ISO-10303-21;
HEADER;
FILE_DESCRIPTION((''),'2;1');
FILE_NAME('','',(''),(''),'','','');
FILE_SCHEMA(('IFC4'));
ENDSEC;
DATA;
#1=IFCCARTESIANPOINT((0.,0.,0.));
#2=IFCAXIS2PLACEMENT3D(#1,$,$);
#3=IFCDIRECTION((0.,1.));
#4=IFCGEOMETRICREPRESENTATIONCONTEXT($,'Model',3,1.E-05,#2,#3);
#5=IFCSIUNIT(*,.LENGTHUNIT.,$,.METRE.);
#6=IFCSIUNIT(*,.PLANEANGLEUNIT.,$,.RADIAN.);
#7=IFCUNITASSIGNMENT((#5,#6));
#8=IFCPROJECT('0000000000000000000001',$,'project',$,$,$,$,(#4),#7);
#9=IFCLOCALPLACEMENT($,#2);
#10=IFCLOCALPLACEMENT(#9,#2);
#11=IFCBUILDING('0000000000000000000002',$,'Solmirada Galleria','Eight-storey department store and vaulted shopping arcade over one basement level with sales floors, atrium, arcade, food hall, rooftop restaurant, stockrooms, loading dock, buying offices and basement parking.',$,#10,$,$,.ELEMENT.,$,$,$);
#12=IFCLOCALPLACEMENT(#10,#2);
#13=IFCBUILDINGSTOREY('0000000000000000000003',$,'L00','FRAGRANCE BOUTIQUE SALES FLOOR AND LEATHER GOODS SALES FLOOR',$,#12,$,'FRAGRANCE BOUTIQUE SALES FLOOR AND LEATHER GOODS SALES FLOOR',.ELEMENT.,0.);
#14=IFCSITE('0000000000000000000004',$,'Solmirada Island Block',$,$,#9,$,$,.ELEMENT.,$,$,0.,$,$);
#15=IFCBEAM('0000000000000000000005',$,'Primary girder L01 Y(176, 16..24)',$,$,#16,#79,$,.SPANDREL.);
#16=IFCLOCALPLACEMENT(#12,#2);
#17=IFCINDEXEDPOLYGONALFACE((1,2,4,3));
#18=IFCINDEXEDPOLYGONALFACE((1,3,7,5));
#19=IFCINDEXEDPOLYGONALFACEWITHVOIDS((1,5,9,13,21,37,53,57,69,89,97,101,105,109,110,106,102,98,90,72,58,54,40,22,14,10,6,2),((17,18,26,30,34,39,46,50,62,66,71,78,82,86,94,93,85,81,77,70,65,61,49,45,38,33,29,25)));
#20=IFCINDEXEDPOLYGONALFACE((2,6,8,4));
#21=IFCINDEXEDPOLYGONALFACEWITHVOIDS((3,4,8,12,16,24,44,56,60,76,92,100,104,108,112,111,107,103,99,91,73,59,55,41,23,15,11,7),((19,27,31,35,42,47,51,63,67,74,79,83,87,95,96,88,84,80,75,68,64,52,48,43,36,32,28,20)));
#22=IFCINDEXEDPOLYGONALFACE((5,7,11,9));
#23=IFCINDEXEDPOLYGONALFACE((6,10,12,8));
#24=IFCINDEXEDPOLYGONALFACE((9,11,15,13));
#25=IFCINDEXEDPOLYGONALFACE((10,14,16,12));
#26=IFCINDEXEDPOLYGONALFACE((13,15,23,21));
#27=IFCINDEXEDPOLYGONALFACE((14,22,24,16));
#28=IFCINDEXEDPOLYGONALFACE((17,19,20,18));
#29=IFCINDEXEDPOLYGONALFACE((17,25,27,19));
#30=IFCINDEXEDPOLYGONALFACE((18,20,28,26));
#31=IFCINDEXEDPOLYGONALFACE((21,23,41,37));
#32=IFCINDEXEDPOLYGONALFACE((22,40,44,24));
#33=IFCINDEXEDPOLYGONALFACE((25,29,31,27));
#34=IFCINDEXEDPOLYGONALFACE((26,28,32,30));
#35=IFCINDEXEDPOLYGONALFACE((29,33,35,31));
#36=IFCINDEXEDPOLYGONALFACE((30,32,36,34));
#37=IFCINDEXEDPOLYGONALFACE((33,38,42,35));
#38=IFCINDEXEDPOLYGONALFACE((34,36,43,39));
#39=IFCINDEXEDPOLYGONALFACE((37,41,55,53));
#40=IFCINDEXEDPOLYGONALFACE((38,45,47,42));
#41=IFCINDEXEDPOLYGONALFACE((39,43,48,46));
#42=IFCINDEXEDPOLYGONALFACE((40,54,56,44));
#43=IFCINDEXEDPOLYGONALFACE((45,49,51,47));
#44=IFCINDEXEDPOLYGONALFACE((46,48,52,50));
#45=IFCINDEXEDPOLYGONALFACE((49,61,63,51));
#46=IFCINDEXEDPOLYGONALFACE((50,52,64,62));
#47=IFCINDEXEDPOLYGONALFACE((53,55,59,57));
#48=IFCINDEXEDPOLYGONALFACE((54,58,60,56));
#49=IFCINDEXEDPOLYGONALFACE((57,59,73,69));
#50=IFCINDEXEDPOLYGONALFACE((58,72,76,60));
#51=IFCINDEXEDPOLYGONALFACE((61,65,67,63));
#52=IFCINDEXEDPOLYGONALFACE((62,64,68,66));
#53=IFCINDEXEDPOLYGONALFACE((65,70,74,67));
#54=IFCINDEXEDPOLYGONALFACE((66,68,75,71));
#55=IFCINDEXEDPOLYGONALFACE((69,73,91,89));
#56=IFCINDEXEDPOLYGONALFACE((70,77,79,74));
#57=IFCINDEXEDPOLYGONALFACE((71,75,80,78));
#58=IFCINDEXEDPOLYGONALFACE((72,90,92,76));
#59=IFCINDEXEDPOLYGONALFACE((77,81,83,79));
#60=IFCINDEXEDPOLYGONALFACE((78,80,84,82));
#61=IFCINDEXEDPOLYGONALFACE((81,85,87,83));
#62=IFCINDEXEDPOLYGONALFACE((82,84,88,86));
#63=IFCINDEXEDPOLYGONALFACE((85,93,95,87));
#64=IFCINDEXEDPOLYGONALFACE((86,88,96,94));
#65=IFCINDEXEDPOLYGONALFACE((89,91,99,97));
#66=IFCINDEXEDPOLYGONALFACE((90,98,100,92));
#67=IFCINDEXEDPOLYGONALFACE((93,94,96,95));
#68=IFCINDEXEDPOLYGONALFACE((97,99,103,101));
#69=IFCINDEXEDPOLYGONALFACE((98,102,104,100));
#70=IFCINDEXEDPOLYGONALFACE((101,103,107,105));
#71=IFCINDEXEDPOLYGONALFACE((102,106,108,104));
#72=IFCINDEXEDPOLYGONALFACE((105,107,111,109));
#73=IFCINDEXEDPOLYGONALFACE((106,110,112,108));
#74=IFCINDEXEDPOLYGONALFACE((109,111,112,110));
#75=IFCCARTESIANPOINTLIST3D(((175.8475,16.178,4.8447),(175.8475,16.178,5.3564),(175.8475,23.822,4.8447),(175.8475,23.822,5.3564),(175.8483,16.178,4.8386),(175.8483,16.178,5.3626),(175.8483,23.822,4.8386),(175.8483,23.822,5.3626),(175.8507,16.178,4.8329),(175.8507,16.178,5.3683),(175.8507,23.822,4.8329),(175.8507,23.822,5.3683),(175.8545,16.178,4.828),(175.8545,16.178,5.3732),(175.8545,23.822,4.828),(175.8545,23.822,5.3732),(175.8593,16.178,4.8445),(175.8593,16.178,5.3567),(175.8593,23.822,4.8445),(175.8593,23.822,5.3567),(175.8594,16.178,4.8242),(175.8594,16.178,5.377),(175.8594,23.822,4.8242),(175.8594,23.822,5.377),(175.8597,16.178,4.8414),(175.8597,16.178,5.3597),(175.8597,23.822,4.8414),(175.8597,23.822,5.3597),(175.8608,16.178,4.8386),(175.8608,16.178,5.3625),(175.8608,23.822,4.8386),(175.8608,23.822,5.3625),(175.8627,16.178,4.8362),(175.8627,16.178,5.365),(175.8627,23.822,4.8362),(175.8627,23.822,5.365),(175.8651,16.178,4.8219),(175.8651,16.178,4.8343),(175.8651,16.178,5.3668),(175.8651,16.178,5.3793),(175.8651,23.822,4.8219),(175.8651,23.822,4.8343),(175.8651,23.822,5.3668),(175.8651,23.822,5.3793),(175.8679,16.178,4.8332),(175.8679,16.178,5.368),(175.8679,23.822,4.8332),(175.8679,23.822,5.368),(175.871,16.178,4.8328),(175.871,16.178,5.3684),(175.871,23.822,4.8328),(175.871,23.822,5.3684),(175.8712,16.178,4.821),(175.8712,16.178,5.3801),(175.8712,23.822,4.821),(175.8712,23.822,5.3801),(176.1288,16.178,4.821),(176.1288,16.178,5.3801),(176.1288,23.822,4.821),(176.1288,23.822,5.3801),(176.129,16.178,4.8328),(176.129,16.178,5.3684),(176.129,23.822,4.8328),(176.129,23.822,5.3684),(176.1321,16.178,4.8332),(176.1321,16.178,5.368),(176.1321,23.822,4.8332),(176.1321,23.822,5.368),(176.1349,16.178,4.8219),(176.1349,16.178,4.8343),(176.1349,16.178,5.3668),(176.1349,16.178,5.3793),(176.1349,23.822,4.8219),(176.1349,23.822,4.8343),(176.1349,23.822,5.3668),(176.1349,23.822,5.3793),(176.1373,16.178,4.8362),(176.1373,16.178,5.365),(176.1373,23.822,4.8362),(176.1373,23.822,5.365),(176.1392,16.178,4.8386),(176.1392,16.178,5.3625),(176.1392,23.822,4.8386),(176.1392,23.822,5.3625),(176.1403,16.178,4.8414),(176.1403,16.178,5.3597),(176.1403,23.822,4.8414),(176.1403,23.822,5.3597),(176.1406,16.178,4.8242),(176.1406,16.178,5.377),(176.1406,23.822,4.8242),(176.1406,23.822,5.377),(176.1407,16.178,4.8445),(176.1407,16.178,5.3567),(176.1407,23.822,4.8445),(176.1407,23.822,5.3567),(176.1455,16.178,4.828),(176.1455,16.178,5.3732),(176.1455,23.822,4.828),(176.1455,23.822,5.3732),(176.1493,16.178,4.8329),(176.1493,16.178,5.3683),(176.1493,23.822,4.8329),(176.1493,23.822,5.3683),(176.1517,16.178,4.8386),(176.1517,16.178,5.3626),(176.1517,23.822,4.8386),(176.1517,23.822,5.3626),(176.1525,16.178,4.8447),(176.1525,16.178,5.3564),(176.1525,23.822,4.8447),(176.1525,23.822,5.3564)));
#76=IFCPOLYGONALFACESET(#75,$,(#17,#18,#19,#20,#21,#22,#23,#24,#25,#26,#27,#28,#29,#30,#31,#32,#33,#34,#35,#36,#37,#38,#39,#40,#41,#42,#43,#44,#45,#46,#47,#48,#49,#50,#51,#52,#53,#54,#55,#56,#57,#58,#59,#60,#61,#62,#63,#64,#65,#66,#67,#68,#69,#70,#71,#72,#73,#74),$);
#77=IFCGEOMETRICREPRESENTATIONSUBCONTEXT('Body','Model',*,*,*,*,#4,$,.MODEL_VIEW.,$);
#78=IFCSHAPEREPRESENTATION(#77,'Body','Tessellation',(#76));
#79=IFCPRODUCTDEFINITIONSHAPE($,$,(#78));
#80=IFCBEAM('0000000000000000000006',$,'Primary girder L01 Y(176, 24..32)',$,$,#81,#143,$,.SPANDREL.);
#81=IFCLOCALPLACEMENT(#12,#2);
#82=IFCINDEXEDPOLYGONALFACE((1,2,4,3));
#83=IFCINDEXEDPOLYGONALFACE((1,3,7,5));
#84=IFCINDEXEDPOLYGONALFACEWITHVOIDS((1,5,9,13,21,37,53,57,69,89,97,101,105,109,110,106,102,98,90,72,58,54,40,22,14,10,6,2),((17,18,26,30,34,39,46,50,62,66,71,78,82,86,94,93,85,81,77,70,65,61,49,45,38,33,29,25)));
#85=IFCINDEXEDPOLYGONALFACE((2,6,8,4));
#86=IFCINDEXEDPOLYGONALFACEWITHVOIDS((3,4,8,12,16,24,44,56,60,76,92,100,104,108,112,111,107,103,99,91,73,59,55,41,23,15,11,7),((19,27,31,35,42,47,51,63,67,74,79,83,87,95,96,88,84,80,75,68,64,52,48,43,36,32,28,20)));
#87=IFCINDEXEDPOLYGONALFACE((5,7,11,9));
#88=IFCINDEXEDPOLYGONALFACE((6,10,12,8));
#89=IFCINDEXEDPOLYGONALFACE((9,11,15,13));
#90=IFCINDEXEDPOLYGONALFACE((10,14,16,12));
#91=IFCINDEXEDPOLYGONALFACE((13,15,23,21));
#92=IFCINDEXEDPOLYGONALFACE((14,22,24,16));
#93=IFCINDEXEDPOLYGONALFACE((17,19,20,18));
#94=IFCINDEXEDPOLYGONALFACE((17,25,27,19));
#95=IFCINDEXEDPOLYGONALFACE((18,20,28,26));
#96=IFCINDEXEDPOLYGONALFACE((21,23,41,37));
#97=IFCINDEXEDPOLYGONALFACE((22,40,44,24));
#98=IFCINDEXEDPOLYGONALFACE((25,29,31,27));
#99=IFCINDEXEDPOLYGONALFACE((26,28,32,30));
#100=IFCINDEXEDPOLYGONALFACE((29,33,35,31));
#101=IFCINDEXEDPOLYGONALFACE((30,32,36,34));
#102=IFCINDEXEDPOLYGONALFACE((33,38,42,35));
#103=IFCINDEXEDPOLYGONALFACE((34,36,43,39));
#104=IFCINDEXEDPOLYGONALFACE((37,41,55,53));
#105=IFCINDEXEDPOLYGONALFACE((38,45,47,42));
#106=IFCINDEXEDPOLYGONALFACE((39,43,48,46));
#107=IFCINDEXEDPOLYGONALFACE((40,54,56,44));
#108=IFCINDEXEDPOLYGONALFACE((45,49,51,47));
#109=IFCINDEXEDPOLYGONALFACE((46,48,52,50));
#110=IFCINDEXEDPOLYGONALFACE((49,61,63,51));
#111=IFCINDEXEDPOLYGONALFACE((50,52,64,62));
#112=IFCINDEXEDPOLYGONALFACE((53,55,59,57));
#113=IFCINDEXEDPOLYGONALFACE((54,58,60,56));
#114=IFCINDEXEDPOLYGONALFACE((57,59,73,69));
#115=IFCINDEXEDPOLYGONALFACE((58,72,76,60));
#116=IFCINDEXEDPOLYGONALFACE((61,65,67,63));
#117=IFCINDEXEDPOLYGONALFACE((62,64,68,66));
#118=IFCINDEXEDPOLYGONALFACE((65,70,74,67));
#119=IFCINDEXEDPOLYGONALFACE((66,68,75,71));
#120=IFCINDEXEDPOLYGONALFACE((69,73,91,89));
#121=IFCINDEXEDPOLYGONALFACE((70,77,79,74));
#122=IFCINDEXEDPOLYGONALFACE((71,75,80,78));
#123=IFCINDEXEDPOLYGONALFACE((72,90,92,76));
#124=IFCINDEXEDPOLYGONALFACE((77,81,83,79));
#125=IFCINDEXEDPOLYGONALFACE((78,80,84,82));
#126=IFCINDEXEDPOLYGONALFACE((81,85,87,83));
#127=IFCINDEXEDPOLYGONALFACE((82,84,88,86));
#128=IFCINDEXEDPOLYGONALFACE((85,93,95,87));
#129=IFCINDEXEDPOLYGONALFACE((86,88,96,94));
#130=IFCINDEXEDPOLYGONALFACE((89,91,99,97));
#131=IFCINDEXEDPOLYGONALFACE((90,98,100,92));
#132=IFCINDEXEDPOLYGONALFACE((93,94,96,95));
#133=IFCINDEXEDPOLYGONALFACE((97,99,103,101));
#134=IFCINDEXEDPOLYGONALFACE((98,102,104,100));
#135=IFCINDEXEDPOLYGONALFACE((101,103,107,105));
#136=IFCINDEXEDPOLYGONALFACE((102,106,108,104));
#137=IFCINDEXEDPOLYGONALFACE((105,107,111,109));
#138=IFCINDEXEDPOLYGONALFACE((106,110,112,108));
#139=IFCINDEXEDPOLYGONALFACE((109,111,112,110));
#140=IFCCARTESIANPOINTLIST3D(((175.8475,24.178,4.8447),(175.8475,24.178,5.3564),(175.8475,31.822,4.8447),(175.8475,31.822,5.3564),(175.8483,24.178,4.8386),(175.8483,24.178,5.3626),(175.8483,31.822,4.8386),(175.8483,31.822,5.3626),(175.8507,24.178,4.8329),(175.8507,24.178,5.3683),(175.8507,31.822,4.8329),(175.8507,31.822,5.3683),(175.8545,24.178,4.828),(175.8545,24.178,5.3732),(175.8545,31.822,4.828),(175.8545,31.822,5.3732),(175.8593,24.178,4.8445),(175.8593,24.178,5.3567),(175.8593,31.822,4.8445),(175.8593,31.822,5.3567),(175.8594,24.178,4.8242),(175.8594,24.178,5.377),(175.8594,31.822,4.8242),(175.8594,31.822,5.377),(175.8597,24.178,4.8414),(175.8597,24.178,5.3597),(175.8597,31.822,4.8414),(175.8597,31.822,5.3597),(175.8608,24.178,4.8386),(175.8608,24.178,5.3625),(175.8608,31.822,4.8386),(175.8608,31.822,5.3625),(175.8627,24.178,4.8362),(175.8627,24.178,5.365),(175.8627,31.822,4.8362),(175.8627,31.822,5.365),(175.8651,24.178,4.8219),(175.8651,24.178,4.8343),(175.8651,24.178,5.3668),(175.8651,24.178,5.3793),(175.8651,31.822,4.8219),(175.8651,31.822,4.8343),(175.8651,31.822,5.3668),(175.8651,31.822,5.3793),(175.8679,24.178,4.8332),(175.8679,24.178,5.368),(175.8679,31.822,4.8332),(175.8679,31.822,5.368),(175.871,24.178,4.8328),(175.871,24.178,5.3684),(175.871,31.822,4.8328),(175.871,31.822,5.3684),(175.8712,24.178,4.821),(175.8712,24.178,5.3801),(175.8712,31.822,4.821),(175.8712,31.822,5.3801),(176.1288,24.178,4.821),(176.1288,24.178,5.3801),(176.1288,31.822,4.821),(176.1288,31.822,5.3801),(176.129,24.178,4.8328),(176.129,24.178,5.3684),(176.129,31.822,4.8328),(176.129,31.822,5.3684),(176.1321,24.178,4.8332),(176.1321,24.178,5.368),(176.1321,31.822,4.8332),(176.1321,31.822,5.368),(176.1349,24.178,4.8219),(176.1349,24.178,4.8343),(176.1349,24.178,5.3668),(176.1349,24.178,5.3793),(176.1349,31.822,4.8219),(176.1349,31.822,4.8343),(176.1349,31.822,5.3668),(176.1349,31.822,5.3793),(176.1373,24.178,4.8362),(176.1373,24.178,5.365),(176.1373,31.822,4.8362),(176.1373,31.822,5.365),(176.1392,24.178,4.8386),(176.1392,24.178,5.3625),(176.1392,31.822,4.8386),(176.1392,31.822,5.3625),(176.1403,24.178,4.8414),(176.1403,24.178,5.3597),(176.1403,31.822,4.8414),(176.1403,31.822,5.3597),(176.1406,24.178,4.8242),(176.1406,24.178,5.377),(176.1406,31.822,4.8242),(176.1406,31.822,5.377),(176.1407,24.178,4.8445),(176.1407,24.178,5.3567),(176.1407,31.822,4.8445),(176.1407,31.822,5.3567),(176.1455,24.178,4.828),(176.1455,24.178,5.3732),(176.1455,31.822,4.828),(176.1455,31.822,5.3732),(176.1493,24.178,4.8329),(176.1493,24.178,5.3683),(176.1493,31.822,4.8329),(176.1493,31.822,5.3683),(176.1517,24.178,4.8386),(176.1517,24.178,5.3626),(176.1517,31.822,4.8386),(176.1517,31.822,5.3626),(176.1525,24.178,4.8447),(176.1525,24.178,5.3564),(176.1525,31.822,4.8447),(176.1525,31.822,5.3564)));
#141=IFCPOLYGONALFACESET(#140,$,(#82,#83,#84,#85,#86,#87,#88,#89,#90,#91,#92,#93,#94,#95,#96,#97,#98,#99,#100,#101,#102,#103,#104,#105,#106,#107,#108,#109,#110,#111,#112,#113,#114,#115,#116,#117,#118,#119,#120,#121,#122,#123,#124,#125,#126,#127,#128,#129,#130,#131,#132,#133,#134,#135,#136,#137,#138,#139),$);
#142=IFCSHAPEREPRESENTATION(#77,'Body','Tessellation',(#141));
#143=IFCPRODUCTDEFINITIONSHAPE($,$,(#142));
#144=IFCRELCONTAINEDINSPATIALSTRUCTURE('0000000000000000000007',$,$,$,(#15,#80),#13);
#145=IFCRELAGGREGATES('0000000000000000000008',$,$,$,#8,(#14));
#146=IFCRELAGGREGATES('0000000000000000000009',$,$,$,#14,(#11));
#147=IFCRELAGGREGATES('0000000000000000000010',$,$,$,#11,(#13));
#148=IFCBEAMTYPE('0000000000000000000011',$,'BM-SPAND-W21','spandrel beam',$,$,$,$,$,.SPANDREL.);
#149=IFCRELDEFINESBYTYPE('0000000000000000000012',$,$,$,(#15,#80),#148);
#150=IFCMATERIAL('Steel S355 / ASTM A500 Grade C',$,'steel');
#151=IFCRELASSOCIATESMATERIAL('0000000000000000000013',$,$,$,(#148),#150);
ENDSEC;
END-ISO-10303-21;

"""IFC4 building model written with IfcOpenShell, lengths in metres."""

from ifc_helpers import new_model, si_unit, direction, frame, origin, origin_2d, place, context, subcontext, project, spatial, hollow_rectangle, extrude, material, material_profile, profile_set, type_object, element, save


model = new_model("IFC4")

# Units and contexts
model_context = context("Model", 3, precision=1e-05, world=origin(), true_north=direction((0.0, 1.0)))
body_context = subcontext(model_context, "Body", "Model", "MODEL_VIEW")
ifc_project = project(units=[si_unit("LENGTHUNIT", "METRE"), si_unit("PLANEANGLEUNIT", "RADIAN")], contexts=[model_context])

# Site, building, storey
site_placement = place(None, origin())
site = spatial("IfcSite", under=ifc_project, at=site_placement, Name="Solmirada Island Block", CompositionType="ELEMENT", RefElevation=0.0)
building_placement = place(site_placement, origin())
building = spatial("IfcBuilding", under=site, at=building_placement, Name="Solmirada Galleria", Description="Eight-storey department store and vaulted shopping arcade over one basement level with sales floors, atrium, arcade, food hall, rooftop restaurant, stockrooms, loading dock, buying offices and basement parking.", CompositionType="ELEMENT")
storey_placement = place(building_placement, origin())
storey = spatial("IfcBuildingStorey", under=building, at=storey_placement, Name="L00", Description="FRAGRANCE BOUTIQUE SALES FLOOR AND LEATHER GOODS SALES FLOOR", LongName="FRAGRANCE BOUTIQUE SALES FLOOR AND LEATHER GOODS SALES FLOOR", CompositionType="ELEMENT", Elevation=0.0)

# Shared definitions
ifc_material_1 = material(Name="Steel S355 / ASTM A500 Grade C", Category="steel")

# Beams
ifc_material_profile_1 = material_profile(ifc_material_1, hollow_rectangle(XDim=0.3049, YDim=0.5591, WallThickness=0.0117, InnerFilletRadius=0.0117, OuterFilletRadius=0.0237, at=origin_2d()), Name="HSS22X12X1/2")
ifc_profile_set_1 = profile_set([ifc_material_profile_1], Name="Steel S355 / ASTM A500 Grade C")
beam_type_1 = type_object("IfcBeamType", Name="BM-SPAND-W21", Description="spandrel beam", PredefinedType="SPANDREL", material=ifc_profile_set_1)
for number, where, z_axis, x_axis, name in (
    (1, (176.0, 16.178, 5.1006), (0.0, 1.0, 0.0), (-1.0, 0.0, 0.0), "Primary girder L01 Y(176, 16..24)"),
    (2, (176.0, 24.178, 5.1006), (0.0, 1.0, 0.0), (-1.0, 0.0, 0.0), "Primary girder L01 Y(176, 24..32)"),
):
    element("IfcBeam", number, at=place(storey_placement, frame(where, z_axis=z_axis, x_axis=x_axis)), inside=storey, type_object=beam_type_1, Name=name, PredefinedType="SPANDREL", context=body_context, shape_type="SweptSolid", body=[
        extrude(hollow_rectangle(XDim=0.3049, YDim=0.5591, WallThickness=0.0117, InnerFilletRadius=0.0117, OuterFilletRadius=0.0237, at=origin_2d()), origin(), (0.0, 0.0, 1.0), 7.644),
    ])

save(model, "model.ifc")
